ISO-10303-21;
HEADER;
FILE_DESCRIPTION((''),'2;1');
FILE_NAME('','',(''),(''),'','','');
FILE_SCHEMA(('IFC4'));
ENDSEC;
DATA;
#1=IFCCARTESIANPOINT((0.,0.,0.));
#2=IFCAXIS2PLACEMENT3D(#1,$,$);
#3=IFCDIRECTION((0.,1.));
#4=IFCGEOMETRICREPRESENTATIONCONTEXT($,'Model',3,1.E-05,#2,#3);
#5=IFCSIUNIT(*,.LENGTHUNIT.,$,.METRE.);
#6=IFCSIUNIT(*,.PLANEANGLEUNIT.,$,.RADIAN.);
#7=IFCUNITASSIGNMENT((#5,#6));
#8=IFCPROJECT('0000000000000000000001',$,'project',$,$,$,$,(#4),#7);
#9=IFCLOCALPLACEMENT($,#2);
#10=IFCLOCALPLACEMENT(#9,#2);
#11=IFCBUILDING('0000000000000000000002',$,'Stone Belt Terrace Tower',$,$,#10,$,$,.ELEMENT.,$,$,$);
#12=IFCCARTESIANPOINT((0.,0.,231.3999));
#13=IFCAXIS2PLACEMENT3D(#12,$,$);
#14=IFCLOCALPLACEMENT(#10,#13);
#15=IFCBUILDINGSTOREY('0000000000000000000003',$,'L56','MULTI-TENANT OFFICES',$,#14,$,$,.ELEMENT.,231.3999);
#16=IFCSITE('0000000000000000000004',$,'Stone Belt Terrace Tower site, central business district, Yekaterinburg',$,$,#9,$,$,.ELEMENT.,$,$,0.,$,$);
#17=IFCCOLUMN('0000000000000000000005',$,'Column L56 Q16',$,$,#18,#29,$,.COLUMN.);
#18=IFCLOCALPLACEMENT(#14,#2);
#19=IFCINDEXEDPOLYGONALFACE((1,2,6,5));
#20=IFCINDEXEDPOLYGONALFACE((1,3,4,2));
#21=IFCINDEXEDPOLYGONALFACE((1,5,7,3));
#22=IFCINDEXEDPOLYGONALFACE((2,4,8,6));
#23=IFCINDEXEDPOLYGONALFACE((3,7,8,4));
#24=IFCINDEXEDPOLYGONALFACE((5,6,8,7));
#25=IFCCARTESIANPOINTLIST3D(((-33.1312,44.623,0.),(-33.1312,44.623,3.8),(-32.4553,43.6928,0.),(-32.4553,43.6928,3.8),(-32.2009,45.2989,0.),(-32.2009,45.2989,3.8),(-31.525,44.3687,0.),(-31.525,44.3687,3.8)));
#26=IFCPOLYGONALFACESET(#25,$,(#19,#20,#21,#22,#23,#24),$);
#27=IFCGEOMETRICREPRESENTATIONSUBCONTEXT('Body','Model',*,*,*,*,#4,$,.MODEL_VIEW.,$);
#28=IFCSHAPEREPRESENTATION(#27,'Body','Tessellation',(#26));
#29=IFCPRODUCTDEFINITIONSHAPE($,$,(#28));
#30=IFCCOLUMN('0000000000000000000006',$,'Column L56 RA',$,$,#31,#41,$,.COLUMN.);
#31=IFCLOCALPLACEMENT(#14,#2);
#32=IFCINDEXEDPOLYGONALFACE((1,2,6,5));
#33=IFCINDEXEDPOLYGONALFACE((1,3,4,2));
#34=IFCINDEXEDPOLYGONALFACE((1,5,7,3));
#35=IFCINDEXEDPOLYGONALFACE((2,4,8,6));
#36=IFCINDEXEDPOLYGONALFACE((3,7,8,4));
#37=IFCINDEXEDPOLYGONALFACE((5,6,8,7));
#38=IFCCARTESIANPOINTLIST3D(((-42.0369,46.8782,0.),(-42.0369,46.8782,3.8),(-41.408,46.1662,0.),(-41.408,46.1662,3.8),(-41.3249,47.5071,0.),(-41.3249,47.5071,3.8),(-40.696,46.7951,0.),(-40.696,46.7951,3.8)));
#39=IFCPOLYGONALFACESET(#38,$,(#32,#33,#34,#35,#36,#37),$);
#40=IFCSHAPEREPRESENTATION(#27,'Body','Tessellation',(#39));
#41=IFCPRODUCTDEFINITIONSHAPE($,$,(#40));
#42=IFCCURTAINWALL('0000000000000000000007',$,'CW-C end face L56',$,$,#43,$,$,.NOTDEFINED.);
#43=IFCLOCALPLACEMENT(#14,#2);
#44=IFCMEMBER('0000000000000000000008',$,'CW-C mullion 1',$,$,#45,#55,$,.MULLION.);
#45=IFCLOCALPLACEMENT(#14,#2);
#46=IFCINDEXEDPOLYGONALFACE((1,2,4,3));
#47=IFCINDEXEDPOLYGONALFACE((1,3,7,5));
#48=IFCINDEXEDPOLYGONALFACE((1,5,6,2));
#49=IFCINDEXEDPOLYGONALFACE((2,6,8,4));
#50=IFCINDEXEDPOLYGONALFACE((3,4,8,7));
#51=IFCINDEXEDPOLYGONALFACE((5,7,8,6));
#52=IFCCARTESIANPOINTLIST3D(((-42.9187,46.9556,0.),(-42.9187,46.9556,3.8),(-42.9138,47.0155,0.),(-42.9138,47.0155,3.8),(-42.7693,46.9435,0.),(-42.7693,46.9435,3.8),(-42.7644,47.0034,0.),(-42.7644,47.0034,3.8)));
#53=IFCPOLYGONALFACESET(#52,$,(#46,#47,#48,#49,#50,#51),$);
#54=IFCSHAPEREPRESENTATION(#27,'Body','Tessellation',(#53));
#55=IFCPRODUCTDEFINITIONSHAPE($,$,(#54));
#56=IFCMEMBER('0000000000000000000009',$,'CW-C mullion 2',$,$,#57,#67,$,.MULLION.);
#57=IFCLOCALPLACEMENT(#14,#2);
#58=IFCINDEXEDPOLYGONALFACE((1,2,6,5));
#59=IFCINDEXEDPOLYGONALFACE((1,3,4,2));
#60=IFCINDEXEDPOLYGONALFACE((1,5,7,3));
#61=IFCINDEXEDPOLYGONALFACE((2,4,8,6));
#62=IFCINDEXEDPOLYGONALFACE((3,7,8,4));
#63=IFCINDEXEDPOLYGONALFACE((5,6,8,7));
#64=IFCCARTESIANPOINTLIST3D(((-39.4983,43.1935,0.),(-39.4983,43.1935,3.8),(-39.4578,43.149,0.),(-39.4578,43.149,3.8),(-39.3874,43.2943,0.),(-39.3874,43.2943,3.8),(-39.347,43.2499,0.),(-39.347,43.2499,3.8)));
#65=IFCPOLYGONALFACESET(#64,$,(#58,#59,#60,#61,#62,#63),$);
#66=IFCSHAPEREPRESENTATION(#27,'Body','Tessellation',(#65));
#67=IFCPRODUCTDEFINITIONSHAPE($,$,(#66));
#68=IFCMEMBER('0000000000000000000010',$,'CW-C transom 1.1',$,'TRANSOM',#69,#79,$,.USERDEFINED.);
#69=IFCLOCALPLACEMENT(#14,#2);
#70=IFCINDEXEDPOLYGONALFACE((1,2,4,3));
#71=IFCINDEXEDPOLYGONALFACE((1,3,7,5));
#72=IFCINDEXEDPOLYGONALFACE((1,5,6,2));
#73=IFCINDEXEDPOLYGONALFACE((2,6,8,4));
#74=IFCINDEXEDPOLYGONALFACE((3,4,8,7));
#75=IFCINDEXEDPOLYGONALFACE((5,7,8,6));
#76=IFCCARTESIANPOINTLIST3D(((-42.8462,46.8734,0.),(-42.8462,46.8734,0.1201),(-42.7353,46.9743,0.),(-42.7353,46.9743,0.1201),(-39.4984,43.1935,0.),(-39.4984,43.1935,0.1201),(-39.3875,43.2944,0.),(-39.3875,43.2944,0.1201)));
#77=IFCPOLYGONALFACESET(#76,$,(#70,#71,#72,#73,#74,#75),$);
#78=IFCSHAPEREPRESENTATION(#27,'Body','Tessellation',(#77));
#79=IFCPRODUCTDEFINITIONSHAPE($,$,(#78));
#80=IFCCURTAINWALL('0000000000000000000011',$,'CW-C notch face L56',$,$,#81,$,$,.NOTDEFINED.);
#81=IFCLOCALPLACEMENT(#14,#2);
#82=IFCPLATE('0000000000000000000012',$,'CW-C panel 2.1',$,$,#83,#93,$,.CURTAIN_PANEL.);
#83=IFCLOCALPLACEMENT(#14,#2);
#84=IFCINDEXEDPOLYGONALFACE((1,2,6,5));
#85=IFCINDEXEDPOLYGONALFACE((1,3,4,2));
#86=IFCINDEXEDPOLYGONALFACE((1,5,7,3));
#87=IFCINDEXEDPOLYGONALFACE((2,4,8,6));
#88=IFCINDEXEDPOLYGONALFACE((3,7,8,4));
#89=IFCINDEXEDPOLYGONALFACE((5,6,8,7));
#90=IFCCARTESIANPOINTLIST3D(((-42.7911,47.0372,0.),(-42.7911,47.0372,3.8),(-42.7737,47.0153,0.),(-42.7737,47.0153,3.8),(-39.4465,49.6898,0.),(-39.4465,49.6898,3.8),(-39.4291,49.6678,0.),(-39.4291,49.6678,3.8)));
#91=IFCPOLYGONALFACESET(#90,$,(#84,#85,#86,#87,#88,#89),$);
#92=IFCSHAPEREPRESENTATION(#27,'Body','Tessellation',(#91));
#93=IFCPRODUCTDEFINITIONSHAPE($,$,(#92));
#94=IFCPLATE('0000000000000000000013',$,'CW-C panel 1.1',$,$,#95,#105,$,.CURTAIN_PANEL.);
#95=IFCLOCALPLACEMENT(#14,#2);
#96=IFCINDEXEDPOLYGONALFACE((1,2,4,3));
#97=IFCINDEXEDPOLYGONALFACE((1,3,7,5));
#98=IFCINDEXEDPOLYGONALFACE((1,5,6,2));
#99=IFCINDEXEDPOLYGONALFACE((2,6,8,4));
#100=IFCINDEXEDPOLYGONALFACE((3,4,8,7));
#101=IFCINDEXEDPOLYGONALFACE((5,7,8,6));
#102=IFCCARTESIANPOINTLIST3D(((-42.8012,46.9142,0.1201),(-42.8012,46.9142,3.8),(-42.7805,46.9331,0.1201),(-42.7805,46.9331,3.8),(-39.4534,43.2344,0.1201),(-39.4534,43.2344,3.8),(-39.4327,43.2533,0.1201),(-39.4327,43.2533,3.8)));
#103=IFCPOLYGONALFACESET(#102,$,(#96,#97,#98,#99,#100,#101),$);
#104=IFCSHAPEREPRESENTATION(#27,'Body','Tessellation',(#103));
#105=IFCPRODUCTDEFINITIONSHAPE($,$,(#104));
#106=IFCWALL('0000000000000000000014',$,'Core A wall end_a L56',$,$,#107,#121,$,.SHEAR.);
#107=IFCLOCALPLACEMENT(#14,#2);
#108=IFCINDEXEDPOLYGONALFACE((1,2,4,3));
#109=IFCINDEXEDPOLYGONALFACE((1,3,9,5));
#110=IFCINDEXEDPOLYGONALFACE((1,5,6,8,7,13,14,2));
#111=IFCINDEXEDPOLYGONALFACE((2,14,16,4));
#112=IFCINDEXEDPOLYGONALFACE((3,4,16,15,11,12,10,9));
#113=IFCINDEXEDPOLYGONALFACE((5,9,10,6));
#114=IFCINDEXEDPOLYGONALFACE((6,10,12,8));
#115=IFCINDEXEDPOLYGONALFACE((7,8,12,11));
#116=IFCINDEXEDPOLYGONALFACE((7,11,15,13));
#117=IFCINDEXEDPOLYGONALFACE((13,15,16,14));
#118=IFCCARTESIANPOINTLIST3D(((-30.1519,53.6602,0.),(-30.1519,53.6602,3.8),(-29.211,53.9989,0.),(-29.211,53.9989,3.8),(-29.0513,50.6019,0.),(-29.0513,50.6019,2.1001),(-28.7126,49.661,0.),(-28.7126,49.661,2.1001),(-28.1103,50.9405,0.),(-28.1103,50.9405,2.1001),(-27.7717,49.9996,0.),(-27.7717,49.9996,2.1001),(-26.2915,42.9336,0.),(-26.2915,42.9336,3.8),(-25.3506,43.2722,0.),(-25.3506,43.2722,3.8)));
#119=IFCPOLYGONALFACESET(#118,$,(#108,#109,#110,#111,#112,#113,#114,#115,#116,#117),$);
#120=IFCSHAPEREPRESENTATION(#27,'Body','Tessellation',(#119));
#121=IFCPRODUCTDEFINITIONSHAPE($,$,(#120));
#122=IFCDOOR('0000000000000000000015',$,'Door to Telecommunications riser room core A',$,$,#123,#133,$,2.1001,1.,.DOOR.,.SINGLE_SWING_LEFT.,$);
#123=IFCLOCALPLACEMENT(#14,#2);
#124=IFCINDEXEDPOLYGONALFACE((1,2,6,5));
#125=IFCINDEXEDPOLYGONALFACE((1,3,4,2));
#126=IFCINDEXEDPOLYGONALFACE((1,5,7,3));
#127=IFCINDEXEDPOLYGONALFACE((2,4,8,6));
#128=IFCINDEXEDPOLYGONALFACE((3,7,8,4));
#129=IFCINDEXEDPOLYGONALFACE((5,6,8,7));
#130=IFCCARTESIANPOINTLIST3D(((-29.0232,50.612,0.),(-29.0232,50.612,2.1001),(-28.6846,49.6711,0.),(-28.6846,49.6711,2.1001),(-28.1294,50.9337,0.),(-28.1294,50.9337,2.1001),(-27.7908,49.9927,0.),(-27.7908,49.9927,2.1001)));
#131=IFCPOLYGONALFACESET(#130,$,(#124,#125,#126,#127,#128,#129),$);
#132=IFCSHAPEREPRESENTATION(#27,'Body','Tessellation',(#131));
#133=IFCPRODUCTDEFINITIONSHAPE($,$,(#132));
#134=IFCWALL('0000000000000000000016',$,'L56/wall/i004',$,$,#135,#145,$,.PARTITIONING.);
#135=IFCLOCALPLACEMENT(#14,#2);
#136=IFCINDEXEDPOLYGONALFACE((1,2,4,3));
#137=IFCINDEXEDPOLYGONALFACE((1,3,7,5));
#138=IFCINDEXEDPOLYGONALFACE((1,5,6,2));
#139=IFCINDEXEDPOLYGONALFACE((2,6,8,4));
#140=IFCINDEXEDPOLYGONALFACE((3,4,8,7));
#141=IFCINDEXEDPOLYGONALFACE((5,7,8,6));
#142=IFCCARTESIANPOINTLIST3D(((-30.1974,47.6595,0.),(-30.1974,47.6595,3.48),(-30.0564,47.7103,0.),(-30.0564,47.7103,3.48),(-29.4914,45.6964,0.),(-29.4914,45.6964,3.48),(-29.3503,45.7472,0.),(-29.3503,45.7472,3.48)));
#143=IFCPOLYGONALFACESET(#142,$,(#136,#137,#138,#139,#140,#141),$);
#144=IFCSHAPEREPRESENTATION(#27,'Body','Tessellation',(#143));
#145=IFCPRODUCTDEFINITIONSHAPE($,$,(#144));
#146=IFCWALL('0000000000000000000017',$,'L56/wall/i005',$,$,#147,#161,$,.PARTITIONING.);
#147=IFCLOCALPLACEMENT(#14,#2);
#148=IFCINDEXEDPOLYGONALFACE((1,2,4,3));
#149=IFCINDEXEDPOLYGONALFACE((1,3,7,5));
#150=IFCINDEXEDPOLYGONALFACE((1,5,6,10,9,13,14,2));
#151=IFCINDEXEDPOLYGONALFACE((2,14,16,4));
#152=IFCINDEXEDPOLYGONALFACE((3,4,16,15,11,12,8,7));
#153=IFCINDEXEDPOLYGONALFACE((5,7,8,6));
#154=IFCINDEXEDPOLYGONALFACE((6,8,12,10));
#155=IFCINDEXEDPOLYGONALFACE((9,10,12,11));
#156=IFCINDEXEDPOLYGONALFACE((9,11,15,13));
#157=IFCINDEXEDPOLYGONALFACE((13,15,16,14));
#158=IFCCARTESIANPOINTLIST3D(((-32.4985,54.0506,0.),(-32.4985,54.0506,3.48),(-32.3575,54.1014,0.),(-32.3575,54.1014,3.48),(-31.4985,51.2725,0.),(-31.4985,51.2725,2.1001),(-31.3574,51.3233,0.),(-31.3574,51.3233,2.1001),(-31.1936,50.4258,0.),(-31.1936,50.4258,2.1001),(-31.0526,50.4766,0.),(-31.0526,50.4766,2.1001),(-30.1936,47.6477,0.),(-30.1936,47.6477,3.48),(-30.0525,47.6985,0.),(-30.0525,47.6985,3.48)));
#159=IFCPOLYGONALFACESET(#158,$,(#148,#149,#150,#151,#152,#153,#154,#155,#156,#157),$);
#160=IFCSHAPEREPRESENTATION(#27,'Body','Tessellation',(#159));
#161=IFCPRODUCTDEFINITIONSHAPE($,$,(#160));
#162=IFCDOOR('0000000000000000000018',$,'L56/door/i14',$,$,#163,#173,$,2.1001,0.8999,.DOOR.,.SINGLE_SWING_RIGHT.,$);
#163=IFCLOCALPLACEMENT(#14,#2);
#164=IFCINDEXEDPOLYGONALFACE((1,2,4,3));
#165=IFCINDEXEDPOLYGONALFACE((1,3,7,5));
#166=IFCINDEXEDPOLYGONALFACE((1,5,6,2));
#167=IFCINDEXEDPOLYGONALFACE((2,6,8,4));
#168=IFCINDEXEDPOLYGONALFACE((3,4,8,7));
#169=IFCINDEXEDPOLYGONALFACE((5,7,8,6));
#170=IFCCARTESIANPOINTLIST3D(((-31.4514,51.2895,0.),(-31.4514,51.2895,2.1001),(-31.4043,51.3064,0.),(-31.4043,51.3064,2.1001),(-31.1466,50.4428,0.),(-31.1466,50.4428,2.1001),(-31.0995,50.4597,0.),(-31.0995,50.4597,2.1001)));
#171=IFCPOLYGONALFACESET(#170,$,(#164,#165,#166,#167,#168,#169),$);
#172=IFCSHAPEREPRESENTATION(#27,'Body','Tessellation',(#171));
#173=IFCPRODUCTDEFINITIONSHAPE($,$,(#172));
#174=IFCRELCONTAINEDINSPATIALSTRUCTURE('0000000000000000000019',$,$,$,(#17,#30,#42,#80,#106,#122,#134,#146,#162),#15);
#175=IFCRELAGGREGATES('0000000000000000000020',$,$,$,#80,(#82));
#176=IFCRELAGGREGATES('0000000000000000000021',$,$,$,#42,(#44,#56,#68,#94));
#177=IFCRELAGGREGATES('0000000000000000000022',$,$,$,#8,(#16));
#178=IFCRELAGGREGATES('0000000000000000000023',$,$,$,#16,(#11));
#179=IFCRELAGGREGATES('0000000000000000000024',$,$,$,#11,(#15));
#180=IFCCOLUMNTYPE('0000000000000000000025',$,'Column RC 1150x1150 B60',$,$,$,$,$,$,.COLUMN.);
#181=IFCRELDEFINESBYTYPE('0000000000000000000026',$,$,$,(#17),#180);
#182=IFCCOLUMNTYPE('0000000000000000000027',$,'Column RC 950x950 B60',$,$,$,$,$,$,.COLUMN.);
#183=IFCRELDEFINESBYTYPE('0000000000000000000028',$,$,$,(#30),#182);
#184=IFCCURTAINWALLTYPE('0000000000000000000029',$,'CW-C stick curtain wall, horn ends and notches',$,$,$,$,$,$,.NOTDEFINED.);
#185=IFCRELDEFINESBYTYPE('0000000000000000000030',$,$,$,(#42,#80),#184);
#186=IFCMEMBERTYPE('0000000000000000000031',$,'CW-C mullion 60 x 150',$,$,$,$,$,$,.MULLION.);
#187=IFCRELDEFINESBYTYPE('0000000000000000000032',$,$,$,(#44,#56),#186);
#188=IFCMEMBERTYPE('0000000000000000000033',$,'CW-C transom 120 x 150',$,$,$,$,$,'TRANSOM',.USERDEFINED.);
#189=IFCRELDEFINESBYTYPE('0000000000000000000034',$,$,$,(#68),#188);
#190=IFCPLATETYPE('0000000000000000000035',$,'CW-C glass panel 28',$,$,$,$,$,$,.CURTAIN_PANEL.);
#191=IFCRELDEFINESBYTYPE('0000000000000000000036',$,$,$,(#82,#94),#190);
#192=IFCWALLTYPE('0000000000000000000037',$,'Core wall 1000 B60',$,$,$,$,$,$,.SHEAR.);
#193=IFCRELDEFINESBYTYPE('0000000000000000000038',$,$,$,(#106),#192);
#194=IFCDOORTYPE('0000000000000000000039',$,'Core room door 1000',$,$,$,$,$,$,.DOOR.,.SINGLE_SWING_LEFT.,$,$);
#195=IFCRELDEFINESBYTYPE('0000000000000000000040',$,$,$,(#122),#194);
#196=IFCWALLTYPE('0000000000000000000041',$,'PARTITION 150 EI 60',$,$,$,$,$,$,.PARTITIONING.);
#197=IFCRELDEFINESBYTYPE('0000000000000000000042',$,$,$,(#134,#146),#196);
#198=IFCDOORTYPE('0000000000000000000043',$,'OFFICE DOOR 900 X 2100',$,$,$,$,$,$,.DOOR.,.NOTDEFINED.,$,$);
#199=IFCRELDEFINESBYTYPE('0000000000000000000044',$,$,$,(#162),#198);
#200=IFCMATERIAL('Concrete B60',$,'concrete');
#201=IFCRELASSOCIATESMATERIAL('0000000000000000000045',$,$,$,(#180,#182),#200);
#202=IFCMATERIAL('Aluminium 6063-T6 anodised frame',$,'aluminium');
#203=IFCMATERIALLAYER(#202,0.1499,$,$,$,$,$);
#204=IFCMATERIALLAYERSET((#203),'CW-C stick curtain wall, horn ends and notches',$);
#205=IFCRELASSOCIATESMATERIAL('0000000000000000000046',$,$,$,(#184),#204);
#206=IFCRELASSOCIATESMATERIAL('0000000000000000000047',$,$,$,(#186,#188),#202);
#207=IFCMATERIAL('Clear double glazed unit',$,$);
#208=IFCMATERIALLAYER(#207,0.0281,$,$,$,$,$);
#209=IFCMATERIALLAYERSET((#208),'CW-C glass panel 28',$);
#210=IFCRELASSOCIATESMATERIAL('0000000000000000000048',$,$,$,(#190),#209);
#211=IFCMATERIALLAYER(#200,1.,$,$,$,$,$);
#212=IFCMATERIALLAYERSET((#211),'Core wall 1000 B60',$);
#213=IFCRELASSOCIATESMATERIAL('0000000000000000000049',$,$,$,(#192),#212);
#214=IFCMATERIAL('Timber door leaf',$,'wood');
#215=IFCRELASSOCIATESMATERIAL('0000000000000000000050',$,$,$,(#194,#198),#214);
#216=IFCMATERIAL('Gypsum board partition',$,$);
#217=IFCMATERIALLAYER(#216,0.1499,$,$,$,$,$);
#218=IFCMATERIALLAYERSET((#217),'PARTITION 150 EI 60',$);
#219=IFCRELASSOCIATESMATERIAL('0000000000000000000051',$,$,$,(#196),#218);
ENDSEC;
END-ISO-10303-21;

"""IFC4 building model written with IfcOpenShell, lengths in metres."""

from ifc_helpers import new_model, si_unit, direction, frame, frame_2d, origin, origin_2d, place, context, subcontext, project, spatial, rectangle, extrude, material, layer, layer_set, material_profile, profile_set, type_object, element, fill, aggregate, save


model = new_model("IFC4")

# Units and contexts
model_context = context("Model", 3, precision=1e-05, world=origin(), true_north=direction((0.0, 1.0)))
body_context = subcontext(model_context, "Body", "Model", "MODEL_VIEW")
ifc_project = project(units=[si_unit("LENGTHUNIT", "METRE"), si_unit("PLANEANGLEUNIT", "RADIAN")], contexts=[model_context])

# Site, building, storey
site_placement = place(None, origin())
site = spatial("IfcSite", under=ifc_project, at=site_placement, Name="Stone Belt Terrace Tower site, central business district, Yekaterinburg", CompositionType="ELEMENT", RefElevation=0.0)
building_placement = place(site_placement, origin())
building = spatial("IfcBuilding", under=site, at=building_placement, Name="Stone Belt Terrace Tower", CompositionType="ELEMENT")
storey_placement = place(building_placement, frame((0.0, 0.0, 231.3999)))
storey = spatial("IfcBuildingStorey", under=building, at=storey_placement, Name="L56", Description="MULTI-TENANT OFFICES", CompositionType="ELEMENT", Elevation=231.3999)

# Columns
ifc_material_1 = material(Name="Concrete B60", Category="concrete")
ifc_material_profile_1 = material_profile(ifc_material_1, rectangle(XDim=1.1499, YDim=1.1499, at=origin_2d()), Name="RC 1150x1150")
ifc_profile_set_1 = profile_set([ifc_material_profile_1], Name="Concrete B60")
column_type_1 = type_object("IfcColumnType", Name="Column RC 1150x1150 B60", PredefinedType="COLUMN", material=ifc_profile_set_1)
column_1_placement = place(storey_placement, frame((-32.3281, 44.4958, 0.0), z_axis=(0.0, 0.0, 1.0), x_axis=(0.809017, 0.587785, 0.0)))
element("IfcColumn", 1, at=column_1_placement, inside=storey, type_object=column_type_1, Name="Column L56 Q16", PredefinedType="COLUMN", context=body_context, shape_type="SweptSolid", body=[
    extrude(rectangle(XDim=1.1499, YDim=1.1499, at=origin_2d()), origin(), (0.0, 0.0, 1.0), 3.8),
])
ifc_material_profile_2 = material_profile(ifc_material_1, rectangle(XDim=0.95, YDim=0.95, at=origin_2d()), Name="RC 950x950")
ifc_profile_set_2 = profile_set([ifc_material_profile_2], Name="Concrete B60")
column_type_2 = type_object("IfcColumnType", Name="Column RC 950x950 B60", PredefinedType="COLUMN", material=ifc_profile_set_2)
column_2_placement = place(storey_placement, frame((-41.3665, 46.8367, 0.0), z_axis=(0.0, 0.0, 1.0), x_axis=(0.74952, 0.661982, 0.0)))
element("IfcColumn", 2, at=column_2_placement, inside=storey, type_object=column_type_2, Name="Column L56 RA", PredefinedType="COLUMN", context=body_context, shape_type="SweptSolid", body=[
    extrude(rectangle(XDim=0.95, YDim=0.95, at=origin_2d()), origin(), (0.0, 0.0, 1.0), 3.8),
])

# Curtain wall, members
ifc_material_2 = material(Name="Aluminium 6063-T6 anodised frame", Category="aluminium")
ifc_layer_1 = layer(ifc_material_2, 0.1499)
ifc_layer_set_1 = layer_set([ifc_layer_1], Name="CW-C stick curtain wall, horn ends and notches")
curtain_wall_type = type_object("IfcCurtainWallType", Name="CW-C stick curtain wall, horn ends and notches", PredefinedType="NOTDEFINED", material=ifc_layer_set_1)
curtain_wall_1_placement = place(storey_placement, origin())
curtain_wall_1 = element("IfcCurtainWall", 3, at=curtain_wall_1_placement, inside=storey, type_object=curtain_wall_type, Name="CW-C end face L56", PredefinedType="NOTDEFINED")
ifc_material_profile_3 = material_profile(ifc_material_2, rectangle(XDim=0.1499, YDim=0.0601, at=origin_2d()), Name="Aluminium 6063-T6 60x150")
ifc_profile_set_3 = profile_set([ifc_material_profile_3], Name="Aluminium 6063-T6 anodised frame")
member_type_1 = type_object("IfcMemberType", Name="CW-C mullion 60 x 150", PredefinedType="MULLION", material=ifc_profile_set_3)
member_1_placement = place(storey_placement, frame((-42.8416, 46.9795, 0.0), z_axis=(0.0, 0.0, 1.0), x_axis=(0.996717, -0.080962, 0.0)))
member_1 = element("IfcMember", 4, at=member_1_placement, type_object=member_type_1, Name="CW-C mullion 1", PredefinedType="MULLION", context=body_context, shape_type="SweptSolid", body=[
    extrude(rectangle(XDim=0.1499, YDim=0.0601, at=origin_2d()), origin(), (0.0, 0.0, 1.0), 3.8),
])
member_2_placement = place(storey_placement, frame((-39.4226, 43.2217, 0.0), z_axis=(0.0, 0.0, 1.0), x_axis=(0.739693, 0.672944, 0.0)))
member_2 = element("IfcMember", 5, at=member_2_placement, type_object=member_type_1, Name="CW-C mullion 2", PredefinedType="MULLION", context=body_context, shape_type="SweptSolid", body=[
    extrude(rectangle(XDim=0.1499, YDim=0.0601, at=origin_2d()), origin(), (0.0, 0.0, 1.0), 3.8),
])
ifc_material_profile_4 = material_profile(ifc_material_2, rectangle(XDim=0.1499, YDim=0.1201, at=origin_2d()), Name="Aluminium 6063-T6 150x120")
ifc_profile_set_4 = profile_set([ifc_material_profile_4], Name="Aluminium 6063-T6 anodised frame")
member_type_2 = type_object("IfcMemberType", Name="CW-C transom 120 x 150", ElementType="TRANSOM", PredefinedType="USERDEFINED", material=ifc_profile_set_4)
member_3_placement = place(storey_placement, frame((-42.7908, 46.9238, 0.0601), z_axis=(0.672949, -0.739689, 0.0), x_axis=(0.739689, 0.672949, 0.0)))
member_3 = element("IfcMember", 6, at=member_3_placement, type_object=member_type_2, Name="CW-C transom 1.1", ObjectType="TRANSOM", PredefinedType="USERDEFINED", context=body_context, shape_type="SweptSolid", body=[
    extrude(rectangle(XDim=0.1499, YDim=0.1201, at=origin_2d()), origin(), (0.0, 0.0, 1.0), 4.9749),
])

# Curtain wall, plate
curtain_wall_2_placement = place(storey_placement, origin())
curtain_wall_2 = element("IfcCurtainWall", 7, at=curtain_wall_2_placement, inside=storey, type_object=curtain_wall_type, Name="CW-C notch face L56", PredefinedType="NOTDEFINED")
ifc_material_3 = material(Name="Clear double glazed unit")
ifc_layer_2 = layer(ifc_material_3, 0.0281)
ifc_layer_set_2 = layer_set([ifc_layer_2], Name="CW-C glass panel 28")
plate_type = type_object("IfcPlateType", Name="CW-C glass panel 28", PredefinedType="CURTAIN_PANEL", material=ifc_layer_set_2)
plate_1_placement = place(storey_placement, frame((-41.1101, 48.3525, 0.0), z_axis=(0.0, 0.0, 1.0), x_axis=(-0.783503, -0.621388, 0.0)))
plate_1 = element("IfcPlate", 8, at=plate_1_placement, type_object=plate_type, Name="CW-C panel 2.1", PredefinedType="CURTAIN_PANEL", context=body_context, shape_type="SweptSolid", body=[
    extrude(rectangle(XDim=4.2688, YDim=0.0281, at=origin_2d()), origin(), (0.0, 0.0, 1.0), 3.8),
])
aggregate(curtain_wall_2, [plate_1])

# Plate
plate_2_placement = place(storey_placement, frame((-41.1169, 45.0837, 0.1201), z_axis=(0.0, 0.0, 1.0), x_axis=(0.672944, -0.739693, 0.0)))
plate_2 = element("IfcPlate", 9, at=plate_2_placement, type_object=plate_type, Name="CW-C panel 1.1", PredefinedType="CURTAIN_PANEL", context=body_context, shape_type="SweptSolid", body=[
    extrude(rectangle(XDim=4.9749, YDim=0.0281, at=origin_2d()), origin(), (0.0, 0.0, 1.0), 3.6799),
])
aggregate(curtain_wall_1, [member_1, member_2, member_3, plate_2])

# Wall, opening, door
ifc_layer_3 = layer(ifc_material_1, 1.0)
ifc_layer_set_3 = layer_set([ifc_layer_3], Name="Core wall 1000 B60")
wall_type_1 = type_object("IfcWallType", Name="Core wall 1000 B60", PredefinedType="SHEAR", material=ifc_layer_set_3)
wall_1_placement = place(storey_placement, frame((-25.821, 43.1028, 0.0), z_axis=(0.0, 0.0, 1.0), x_axis=(-0.338625, 0.940921, 0.0)))
wall_1 = element("IfcWall", 10, at=wall_1_placement, inside=storey, type_object=wall_type_1, Name="Core A wall end_a L56", PredefinedType="SHEAR", context=body_context, shape_type="SweptSolid", body=[
    extrude(rectangle(XDim=11.4001, YDim=1.0, at=frame_2d((5.7002, 0.0))), origin(), (0.0, 0.0, 1.0), 3.8),
])
opening_1_placement = place(wall_1_placement, frame((7.1499, 0.0, 0.0)))
opening_1 = element("IfcOpeningElement", 11, at=opening_1_placement, cuts=wall_1, PredefinedType="OPENING", context=body_context, shape_type="SweptSolid", body=[
    extrude(rectangle(XDim=1.0, YDim=2.1001, at=frame_2d((0.5, 1.05))), frame((0.0, 0.51, 0.0), z_axis=(0.0, -1.0, 0.0), x_axis=(1.0, 0.0, 0.0)), (0.0, 0.0, 1.0), 1.02),
])
ifc_material_4 = material(Name="Timber door leaf", Category="wood")
door_type_1 = type_object("IfcDoorType", Name="Core room door 1000", OperationType="SINGLE_SWING_LEFT", PredefinedType="DOOR", material=ifc_material_4)
door_1_placement = place(opening_1_placement, origin())
door_1 = element("IfcDoor", 12, at=door_1_placement, inside=storey, type_object=door_type_1, Name="Door to Telecommunications riser room core A", OperationType="SINGLE_SWING_LEFT", OverallHeight=2.1001, OverallWidth=1.0, PredefinedType="DOOR", context=body_context, shape_type="SweptSolid", body=[
    extrude(rectangle(XDim=1.0, YDim=2.1001, at=frame_2d((0.5, 1.05))), frame((0.0, 0.4702, 0.0), z_axis=(0.0, -1.0, 0.0), x_axis=(1.0, 0.0, 0.0)), (0.0, 0.0, 1.0), 0.95),
])
fill(opening_1, door_1)

# Wall
ifc_material_5 = material(Name="Gypsum board partition")
ifc_layer_4 = layer(ifc_material_5, 0.1499)
ifc_layer_set_4 = layer_set([ifc_layer_4], Name="PARTITION 150 EI 60")
wall_type_2 = type_object("IfcWallType", Name="PARTITION 150 EI 60", PredefinedType="PARTITIONING", material=ifc_layer_set_4)
wall_2_placement = place(storey_placement, frame((-29.4209, 45.7219, 0.0), z_axis=(0.0, 0.0, 1.0), x_axis=(-0.338434, 0.94099, 0.0)))
element("IfcWall", 13, at=wall_2_placement, inside=storey, type_object=wall_type_2, Name="L56/wall/i004", PredefinedType="PARTITIONING", context=body_context, shape_type="SweptSolid", body=[
    extrude(rectangle(XDim=2.0862, YDim=0.1499, at=frame_2d((1.043, 0.0))), origin(), (0.0, 0.0, 1.0), 3.48),
])

# Wall, opening, door
wall_3_placement = place(storey_placement, frame((-30.123, 47.6731, 0.0), z_axis=(0.0, 0.0, 1.0), x_axis=(-0.338708, 0.940892, 0.0)))
wall_3 = element("IfcWall", 14, at=wall_3_placement, inside=storey, type_object=wall_type_2, Name="L56/wall/i005", PredefinedType="PARTITIONING", context=body_context, shape_type="SweptSolid", body=[
    extrude(rectangle(XDim=6.8052, YDim=0.1499, at=frame_2d((3.4026, 0.0))), origin(), (0.0, 0.0, 1.0), 3.48),
])
opening_2_placement = place(wall_3_placement, frame((2.9526, 0.0, 0.0)))
opening_2 = element("IfcOpeningElement", 15, at=opening_2_placement, cuts=wall_3, PredefinedType="OPENING", context=body_context, shape_type="SweptSolid", body=[
    extrude(rectangle(XDim=0.8999, YDim=2.1001, at=frame_2d((0.45, 1.05))), frame((0.0, 0.085, 0.0), z_axis=(0.0, -1.0, 0.0), x_axis=(1.0, 0.0, 0.0)), (0.0, 0.0, 1.0), 0.1699),
])
door_type_2 = type_object("IfcDoorType", Name="OFFICE DOOR 900 X 2100", OperationType="NOTDEFINED", PredefinedType="DOOR", material=ifc_material_4)
door_2_placement = place(opening_2_placement, origin())
door_2 = element("IfcDoor", 16, at=door_2_placement, inside=storey, type_object=door_type_2, Name="L56/door/i14", OperationType="SINGLE_SWING_RIGHT", OverallHeight=2.1001, OverallWidth=0.8999, PredefinedType="DOOR", context=body_context, shape_type="SweptSolid", body=[
    extrude(rectangle(XDim=0.8999, YDim=2.1001, at=frame_2d((0.45, 1.05))), frame((0.0, 0.0249, 0.0), z_axis=(0.0, -1.0, 0.0), x_axis=(1.0, 0.0, 0.0)), (0.0, 0.0, 1.0), 0.05),
])
fill(opening_2, door_2)

save(model, "model.ifc")
